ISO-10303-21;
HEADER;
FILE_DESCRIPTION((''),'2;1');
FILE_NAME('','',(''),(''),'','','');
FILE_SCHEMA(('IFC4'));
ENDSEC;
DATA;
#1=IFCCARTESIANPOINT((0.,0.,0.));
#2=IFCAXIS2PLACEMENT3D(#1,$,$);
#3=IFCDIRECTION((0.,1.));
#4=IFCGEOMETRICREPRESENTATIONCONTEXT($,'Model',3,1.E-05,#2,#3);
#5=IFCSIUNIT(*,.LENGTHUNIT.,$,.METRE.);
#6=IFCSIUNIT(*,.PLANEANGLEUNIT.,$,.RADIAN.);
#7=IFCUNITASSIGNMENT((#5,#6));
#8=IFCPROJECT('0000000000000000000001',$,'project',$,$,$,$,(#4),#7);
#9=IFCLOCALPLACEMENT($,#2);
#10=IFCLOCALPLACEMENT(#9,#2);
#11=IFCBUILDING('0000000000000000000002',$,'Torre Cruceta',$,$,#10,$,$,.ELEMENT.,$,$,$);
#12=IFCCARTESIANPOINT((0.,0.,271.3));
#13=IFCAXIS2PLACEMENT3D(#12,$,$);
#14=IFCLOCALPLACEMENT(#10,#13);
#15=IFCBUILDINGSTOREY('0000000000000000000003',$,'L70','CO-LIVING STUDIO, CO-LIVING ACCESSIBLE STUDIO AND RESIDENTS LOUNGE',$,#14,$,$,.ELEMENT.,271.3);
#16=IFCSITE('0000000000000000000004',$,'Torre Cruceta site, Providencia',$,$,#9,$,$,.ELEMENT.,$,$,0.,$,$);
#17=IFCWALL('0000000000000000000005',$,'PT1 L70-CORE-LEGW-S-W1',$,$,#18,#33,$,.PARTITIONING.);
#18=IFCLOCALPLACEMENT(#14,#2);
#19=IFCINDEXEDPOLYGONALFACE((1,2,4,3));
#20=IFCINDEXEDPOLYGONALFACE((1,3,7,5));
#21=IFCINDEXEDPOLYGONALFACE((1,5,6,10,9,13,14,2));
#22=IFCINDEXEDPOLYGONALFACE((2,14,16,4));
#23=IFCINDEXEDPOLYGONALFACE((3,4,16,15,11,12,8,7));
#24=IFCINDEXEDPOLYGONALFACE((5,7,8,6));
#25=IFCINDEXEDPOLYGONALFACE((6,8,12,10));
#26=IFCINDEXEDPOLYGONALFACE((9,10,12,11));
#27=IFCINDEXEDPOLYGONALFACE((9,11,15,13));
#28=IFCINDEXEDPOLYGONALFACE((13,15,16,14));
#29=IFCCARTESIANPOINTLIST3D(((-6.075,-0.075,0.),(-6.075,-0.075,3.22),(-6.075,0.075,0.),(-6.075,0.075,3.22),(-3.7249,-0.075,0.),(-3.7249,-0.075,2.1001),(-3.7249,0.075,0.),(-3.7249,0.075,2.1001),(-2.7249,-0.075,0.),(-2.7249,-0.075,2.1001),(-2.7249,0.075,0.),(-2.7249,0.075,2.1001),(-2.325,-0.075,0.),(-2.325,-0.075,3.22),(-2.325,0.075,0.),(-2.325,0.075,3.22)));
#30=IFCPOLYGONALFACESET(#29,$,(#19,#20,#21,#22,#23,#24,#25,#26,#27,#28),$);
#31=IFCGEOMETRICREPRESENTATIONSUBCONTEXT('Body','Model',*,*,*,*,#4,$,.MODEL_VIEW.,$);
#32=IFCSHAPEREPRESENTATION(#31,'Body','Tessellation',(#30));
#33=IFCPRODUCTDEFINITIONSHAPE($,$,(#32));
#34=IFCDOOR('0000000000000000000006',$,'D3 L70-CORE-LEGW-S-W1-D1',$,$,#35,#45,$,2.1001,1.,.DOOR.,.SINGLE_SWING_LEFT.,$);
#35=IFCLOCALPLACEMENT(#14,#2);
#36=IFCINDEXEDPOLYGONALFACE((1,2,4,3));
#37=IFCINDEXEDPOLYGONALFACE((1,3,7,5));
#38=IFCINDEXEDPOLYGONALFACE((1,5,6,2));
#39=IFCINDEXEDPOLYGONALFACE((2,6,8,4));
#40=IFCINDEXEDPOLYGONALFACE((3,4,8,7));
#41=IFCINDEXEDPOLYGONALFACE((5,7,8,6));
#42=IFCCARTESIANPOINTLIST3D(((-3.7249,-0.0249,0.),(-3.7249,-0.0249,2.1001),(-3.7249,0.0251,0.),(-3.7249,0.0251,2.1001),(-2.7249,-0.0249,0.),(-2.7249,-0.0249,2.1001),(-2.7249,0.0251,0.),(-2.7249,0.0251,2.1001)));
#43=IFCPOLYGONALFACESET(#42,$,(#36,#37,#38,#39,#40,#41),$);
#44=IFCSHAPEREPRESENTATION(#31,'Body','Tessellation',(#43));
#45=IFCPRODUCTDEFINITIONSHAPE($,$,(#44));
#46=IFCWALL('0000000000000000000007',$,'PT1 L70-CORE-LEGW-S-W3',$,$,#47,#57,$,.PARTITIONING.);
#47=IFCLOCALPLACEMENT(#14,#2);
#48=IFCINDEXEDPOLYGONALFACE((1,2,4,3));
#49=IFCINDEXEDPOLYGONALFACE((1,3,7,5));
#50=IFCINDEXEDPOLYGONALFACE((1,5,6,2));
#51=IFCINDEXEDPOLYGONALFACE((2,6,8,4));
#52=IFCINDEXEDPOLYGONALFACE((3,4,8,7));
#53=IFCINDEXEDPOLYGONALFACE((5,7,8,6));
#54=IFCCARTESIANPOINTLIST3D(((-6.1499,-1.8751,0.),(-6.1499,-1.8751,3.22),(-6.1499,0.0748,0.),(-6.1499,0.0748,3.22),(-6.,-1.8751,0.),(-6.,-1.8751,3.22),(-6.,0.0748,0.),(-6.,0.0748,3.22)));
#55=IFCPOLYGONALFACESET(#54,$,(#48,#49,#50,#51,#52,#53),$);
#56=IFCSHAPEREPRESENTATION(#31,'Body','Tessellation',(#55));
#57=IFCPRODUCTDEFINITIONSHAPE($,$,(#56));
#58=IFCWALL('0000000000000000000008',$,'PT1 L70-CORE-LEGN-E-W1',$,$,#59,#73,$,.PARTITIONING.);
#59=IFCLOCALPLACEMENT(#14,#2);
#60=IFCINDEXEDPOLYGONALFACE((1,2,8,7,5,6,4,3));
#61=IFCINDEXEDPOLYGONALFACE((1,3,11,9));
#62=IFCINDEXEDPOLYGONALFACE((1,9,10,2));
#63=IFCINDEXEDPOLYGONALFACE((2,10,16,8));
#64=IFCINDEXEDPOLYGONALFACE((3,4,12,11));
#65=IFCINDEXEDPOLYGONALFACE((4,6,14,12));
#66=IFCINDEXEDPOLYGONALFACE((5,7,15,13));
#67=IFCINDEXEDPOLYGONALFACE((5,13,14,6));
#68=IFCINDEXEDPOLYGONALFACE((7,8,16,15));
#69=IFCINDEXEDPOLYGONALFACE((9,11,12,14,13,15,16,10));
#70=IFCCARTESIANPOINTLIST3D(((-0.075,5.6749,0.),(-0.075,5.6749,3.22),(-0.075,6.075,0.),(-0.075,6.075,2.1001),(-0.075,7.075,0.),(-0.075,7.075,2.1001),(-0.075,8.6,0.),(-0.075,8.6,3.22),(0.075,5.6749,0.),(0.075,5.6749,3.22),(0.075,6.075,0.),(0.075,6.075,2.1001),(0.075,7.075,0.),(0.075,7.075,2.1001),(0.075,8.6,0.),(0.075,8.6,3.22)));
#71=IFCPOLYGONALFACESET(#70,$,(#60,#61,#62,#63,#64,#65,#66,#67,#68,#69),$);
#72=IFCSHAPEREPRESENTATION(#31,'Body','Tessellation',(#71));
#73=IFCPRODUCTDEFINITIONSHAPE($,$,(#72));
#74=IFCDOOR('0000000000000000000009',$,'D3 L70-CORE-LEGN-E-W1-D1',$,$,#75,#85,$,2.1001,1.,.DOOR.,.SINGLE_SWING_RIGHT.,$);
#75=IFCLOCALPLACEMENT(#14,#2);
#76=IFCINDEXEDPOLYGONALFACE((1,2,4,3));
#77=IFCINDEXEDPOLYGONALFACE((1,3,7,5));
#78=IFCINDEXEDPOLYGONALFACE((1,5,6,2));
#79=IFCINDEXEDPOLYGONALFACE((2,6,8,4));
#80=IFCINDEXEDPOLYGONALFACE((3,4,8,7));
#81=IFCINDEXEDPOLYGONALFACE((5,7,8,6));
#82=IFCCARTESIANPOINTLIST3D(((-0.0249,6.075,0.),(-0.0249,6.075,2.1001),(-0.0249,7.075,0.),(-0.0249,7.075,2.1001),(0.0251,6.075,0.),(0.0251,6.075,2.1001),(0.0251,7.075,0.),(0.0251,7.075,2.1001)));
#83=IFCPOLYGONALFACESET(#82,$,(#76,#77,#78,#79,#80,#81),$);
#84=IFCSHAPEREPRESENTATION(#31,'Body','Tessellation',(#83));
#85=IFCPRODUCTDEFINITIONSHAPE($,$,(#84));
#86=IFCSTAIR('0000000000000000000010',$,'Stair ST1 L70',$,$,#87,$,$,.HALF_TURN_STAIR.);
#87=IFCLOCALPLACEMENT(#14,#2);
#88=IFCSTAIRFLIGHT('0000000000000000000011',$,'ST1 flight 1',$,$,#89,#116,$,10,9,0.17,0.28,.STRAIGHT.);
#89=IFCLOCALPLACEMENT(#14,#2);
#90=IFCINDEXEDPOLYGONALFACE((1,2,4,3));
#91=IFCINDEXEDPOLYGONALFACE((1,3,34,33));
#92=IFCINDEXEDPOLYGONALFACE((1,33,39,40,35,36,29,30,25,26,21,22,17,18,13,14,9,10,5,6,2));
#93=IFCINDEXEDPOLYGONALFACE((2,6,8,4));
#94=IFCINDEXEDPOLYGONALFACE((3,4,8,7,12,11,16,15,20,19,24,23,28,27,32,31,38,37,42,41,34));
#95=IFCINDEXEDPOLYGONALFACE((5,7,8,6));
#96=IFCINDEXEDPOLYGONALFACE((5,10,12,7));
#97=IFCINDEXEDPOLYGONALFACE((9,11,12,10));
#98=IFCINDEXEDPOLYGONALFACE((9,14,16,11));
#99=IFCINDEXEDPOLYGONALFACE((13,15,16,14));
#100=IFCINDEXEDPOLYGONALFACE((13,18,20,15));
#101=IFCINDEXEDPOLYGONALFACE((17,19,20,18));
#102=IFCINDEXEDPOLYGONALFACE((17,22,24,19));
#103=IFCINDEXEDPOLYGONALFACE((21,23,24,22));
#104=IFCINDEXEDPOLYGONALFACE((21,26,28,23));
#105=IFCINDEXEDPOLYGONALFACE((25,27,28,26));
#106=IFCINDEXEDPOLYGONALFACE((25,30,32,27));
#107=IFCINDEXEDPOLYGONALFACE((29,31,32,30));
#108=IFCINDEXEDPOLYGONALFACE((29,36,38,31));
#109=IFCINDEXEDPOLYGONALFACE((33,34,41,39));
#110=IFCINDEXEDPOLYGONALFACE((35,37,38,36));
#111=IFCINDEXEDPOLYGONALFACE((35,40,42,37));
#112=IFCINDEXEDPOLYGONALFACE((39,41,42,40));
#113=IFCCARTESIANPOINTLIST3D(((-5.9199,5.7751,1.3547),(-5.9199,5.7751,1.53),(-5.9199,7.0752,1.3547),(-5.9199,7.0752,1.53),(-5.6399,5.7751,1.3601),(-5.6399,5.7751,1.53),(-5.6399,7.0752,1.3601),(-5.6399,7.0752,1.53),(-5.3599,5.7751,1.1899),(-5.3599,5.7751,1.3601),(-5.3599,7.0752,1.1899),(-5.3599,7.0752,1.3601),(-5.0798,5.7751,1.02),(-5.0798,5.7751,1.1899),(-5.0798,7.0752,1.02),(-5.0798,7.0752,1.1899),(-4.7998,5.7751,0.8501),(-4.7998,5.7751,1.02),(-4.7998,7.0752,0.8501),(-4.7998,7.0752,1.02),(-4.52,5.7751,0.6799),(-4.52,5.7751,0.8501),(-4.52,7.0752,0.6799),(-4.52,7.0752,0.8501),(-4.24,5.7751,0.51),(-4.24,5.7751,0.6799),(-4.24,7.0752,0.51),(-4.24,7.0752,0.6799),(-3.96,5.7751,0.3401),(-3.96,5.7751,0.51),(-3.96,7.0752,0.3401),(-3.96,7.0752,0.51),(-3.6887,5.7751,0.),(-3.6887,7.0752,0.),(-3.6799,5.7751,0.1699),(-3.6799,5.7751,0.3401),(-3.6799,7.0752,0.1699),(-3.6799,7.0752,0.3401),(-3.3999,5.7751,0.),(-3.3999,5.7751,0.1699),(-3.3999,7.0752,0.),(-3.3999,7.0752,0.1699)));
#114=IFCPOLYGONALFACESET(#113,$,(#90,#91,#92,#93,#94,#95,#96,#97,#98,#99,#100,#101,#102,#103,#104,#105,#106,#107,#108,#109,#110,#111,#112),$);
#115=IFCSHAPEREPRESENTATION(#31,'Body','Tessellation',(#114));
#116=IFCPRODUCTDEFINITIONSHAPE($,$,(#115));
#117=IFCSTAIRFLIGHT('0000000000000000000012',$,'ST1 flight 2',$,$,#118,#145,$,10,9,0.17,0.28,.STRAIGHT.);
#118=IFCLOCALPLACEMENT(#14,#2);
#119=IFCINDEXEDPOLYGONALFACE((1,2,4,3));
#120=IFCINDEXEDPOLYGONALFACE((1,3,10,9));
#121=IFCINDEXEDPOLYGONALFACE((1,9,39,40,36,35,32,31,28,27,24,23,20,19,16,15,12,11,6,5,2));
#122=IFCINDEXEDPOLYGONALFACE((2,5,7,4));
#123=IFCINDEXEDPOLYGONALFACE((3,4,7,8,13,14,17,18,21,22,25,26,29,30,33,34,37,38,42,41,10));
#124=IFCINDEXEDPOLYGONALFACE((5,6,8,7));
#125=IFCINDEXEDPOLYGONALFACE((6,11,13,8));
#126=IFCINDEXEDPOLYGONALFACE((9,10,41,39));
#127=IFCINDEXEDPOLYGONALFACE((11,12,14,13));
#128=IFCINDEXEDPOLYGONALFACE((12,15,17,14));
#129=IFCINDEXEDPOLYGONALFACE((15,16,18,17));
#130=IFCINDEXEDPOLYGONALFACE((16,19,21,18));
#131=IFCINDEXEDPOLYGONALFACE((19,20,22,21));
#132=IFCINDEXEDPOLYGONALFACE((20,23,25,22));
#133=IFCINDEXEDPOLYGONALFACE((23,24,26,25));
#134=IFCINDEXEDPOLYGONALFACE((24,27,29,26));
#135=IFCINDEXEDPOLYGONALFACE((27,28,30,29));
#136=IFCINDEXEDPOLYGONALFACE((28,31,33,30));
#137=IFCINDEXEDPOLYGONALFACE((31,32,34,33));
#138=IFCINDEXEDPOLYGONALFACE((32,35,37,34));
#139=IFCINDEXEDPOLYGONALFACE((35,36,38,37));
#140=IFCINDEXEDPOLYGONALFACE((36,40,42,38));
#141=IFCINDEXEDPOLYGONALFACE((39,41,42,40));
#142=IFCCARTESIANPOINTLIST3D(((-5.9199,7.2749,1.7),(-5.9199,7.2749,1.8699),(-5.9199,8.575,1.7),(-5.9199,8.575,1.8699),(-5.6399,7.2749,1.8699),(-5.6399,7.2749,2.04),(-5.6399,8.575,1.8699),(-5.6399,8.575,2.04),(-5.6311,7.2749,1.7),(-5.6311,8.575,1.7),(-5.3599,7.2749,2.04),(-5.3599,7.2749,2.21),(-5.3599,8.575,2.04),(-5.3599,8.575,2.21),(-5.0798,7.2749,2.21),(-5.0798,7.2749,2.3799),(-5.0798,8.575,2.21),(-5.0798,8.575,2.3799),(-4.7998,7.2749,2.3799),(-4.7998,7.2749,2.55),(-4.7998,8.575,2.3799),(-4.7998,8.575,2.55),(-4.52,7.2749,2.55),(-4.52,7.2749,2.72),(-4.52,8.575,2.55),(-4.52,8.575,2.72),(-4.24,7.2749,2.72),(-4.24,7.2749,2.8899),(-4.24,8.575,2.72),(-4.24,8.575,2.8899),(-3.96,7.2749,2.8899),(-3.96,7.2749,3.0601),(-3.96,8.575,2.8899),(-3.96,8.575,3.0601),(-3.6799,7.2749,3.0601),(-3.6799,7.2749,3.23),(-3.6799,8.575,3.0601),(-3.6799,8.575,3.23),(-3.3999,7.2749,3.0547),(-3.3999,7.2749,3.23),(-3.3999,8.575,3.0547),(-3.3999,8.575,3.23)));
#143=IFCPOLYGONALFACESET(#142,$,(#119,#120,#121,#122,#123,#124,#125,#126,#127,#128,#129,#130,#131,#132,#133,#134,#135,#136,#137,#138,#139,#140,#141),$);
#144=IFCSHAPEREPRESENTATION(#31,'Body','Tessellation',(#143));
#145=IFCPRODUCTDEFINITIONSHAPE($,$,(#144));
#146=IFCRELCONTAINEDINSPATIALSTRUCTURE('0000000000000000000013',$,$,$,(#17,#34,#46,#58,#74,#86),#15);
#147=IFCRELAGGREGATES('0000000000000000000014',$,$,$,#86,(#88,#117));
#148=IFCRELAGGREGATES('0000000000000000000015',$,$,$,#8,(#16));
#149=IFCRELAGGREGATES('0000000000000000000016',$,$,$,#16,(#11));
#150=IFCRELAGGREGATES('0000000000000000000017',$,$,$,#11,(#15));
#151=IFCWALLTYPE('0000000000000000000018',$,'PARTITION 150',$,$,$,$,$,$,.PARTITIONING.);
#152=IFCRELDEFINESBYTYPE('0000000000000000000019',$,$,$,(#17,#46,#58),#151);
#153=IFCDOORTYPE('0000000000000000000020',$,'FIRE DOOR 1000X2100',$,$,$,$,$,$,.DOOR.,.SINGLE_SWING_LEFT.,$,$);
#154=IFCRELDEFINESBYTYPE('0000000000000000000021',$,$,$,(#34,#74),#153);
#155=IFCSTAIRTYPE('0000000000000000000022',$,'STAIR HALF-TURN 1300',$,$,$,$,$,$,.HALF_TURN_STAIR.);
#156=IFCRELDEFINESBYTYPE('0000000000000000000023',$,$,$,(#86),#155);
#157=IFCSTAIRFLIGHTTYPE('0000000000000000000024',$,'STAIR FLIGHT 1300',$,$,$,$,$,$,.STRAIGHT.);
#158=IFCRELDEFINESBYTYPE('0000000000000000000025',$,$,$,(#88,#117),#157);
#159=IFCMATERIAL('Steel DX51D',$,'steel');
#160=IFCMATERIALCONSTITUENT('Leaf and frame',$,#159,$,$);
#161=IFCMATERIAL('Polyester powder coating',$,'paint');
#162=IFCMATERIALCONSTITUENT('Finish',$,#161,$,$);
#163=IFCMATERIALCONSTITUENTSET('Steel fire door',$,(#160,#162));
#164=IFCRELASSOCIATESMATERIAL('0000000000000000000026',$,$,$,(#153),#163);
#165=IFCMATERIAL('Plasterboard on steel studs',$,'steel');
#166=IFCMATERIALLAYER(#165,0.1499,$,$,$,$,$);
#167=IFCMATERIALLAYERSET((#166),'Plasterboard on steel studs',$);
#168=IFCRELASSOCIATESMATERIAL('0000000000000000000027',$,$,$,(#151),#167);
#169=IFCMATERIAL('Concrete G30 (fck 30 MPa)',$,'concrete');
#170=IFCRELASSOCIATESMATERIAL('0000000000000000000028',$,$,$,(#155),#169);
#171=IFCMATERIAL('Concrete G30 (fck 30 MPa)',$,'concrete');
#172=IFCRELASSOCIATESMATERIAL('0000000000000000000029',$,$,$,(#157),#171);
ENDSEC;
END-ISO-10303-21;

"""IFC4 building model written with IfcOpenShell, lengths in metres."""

from ifc_helpers import new_model, si_unit, direction, frame, frame_2d, origin, place, context, subcontext, project, spatial, polyline, rectangle, outline, extrude, material, layer, layer_set, constituent, constituent_set, type_object, element, fill, aggregate, save


model = new_model("IFC4")

# Units and contexts
model_context = context("Model", 3, precision=1e-05, world=origin(), true_north=direction((0.0, 1.0)))
body_context = subcontext(model_context, "Body", "Model", "MODEL_VIEW")
ifc_project = project(units=[si_unit("LENGTHUNIT", "METRE"), si_unit("PLANEANGLEUNIT", "RADIAN")], contexts=[model_context])

# Site, building, storey
site_placement = place(None, origin())
site = spatial("IfcSite", under=ifc_project, at=site_placement, Name="Torre Cruceta site, Providencia", CompositionType="ELEMENT", RefElevation=0.0)
building_placement = place(site_placement, origin())
building = spatial("IfcBuilding", under=site, at=building_placement, Name="Torre Cruceta", CompositionType="ELEMENT")
storey_placement = place(building_placement, frame((0.0, 0.0, 271.3)))
storey = spatial("IfcBuildingStorey", under=building, at=storey_placement, Name="L70", Description="CO-LIVING STUDIO, CO-LIVING ACCESSIBLE STUDIO AND RESIDENTS LOUNGE", CompositionType="ELEMENT", Elevation=271.3)

# Shared definitions
ifc_material_1 = material(Name="Steel DX51D", Category="steel")
ifc_constituent_1 = constituent(ifc_material_1, Name="Leaf and frame")
ifc_material_2 = material(Name="Polyester powder coating", Category="paint")
ifc_constituent_2 = constituent(ifc_material_2, Name="Finish")
ifc_constituent_set_1 = constituent_set(constituents=[ifc_constituent_1, ifc_constituent_2], Name="Steel fire door")
door_type_1 = type_object("IfcDoorType", Name="FIRE DOOR 1000X2100", OperationType="SINGLE_SWING_LEFT", PredefinedType="DOOR", material=ifc_constituent_set_1)

# Wall, opening, door
ifc_material_3 = material(Name="Plasterboard on steel studs", Category="steel")
ifc_layer_1 = layer(ifc_material_3, 0.1499)
ifc_layer_set_1 = layer_set([ifc_layer_1], Name="Plasterboard on steel studs")
wall_type_1 = type_object("IfcWallType", Name="PARTITION 150", PredefinedType="PARTITIONING", material=ifc_layer_set_1)
wall_1_placement = place(storey_placement, frame((-2.325, 0.0, 0.0), z_axis=(0.0, 0.0, 1.0), x_axis=(-1.0, 0.0, 0.0)))
wall_1 = element("IfcWall", 1, at=wall_1_placement, inside=storey, type_object=wall_type_1, Name="PT1 L70-CORE-LEGW-S-W1", PredefinedType="PARTITIONING", context=body_context, shape_type="SweptSolid", body=[
    extrude(rectangle(XDim=3.75, YDim=0.1499, at=frame_2d((1.875, 0.0))), origin(), (0.0, 0.0, 1.0), 3.22),
])
opening_1_placement = place(wall_1_placement, frame((0.3999, 0.0, 0.0)))
opening_1 = element("IfcOpeningElement", 2, at=opening_1_placement, cuts=wall_1, PredefinedType="OPENING", context=body_context, shape_type="SweptSolid", body=[
    extrude(rectangle(XDim=1.0, YDim=2.1001, at=frame_2d((0.5, 1.05))), frame((0.0, 0.085, 0.0), z_axis=(0.0, -1.0, 0.0), x_axis=(1.0, 0.0, 0.0)), (0.0, 0.0, 1.0), 0.1699),
])
door_1_placement = place(opening_1_placement, origin())
door_1 = element("IfcDoor", 3, at=door_1_placement, inside=storey, type_object=door_type_1, Name="D3 L70-CORE-LEGW-S-W1-D1", OperationType="SINGLE_SWING_LEFT", OverallHeight=2.1001, OverallWidth=1.0, PredefinedType="DOOR", context=body_context, shape_type="SweptSolid", body=[
    extrude(rectangle(XDim=1.0, YDim=2.1001, at=frame_2d((0.5, 1.05))), frame((0.0, 0.0249, 0.0), z_axis=(0.0, -1.0, 0.0), x_axis=(1.0, 0.0, 0.0)), (0.0, 0.0, 1.0), 0.05),
])
fill(opening_1, door_1)

# Wall
wall_2_placement = place(storey_placement, frame((-6.075, 0.075, 0.0), z_axis=(0.0, 0.0, 1.0), x_axis=(0.0, -1.0, 0.0)))
element("IfcWall", 4, at=wall_2_placement, inside=storey, type_object=wall_type_1, Name="PT1 L70-CORE-LEGW-S-W3", PredefinedType="PARTITIONING", context=body_context, shape_type="SweptSolid", body=[
    extrude(rectangle(XDim=1.95, YDim=0.1499, at=frame_2d((0.9751, 0.0))), origin(), (0.0, 0.0, 1.0), 3.22),
])

# Wall, opening, door
wall_3_placement = place(storey_placement, frame((0.0, 5.675, 0.0), z_axis=(0.0, 0.0, 1.0), x_axis=(0.0, 1.0, 0.0)))
wall_3 = element("IfcWall", 5, at=wall_3_placement, inside=storey, type_object=wall_type_1, Name="PT1 L70-CORE-LEGN-E-W1", PredefinedType="PARTITIONING", context=body_context, shape_type="SweptSolid", body=[
    extrude(rectangle(XDim=2.925, YDim=0.1499, at=frame_2d((1.4624, 0.0))), origin(), (0.0, 0.0, 1.0), 3.22),
])
opening_2_placement = place(wall_3_placement, frame((0.3999, 0.0, 0.0)))
opening_2 = element("IfcOpeningElement", 6, at=opening_2_placement, cuts=wall_3, PredefinedType="OPENING", context=body_context, shape_type="SweptSolid", body=[
    extrude(rectangle(XDim=1.0, YDim=2.1001, at=frame_2d((0.5, 1.05))), frame((0.0, 0.085, 0.0), z_axis=(0.0, -1.0, 0.0), x_axis=(1.0, 0.0, 0.0)), (0.0, 0.0, 1.0), 0.1699),
])
door_2_placement = place(opening_2_placement, frame((1.0, 0.0, 0.0), z_axis=(0.0, 0.0, 1.0), x_axis=(-1.0, 0.0, 0.0)))
door_2 = element("IfcDoor", 7, at=door_2_placement, inside=storey, type_object=door_type_1, Name="D3 L70-CORE-LEGN-E-W1-D1", OperationType="SINGLE_SWING_RIGHT", OverallHeight=2.1001, OverallWidth=1.0, PredefinedType="DOOR", context=body_context, shape_type="SweptSolid", body=[
    extrude(rectangle(XDim=1.0, YDim=2.1001, at=frame_2d((0.5, 1.05))), frame((0.0, 0.0251, 0.0), z_axis=(0.0, -1.0, 0.0), x_axis=(1.0, 0.0, 0.0)), (0.0, 0.0, 1.0), 0.05),
])
fill(opening_2, door_2)

# Stair, stair flights
ifc_material_4 = material(Name="Concrete G30 (fck 30 MPa)", Category="concrete")
stair_type = type_object("IfcStairType", Name="STAIR HALF-TURN 1300", PredefinedType="HALF_TURN_STAIR", material=ifc_material_4)
stair_placement = place(storey_placement, origin())
stair = element("IfcStair", 8, at=stair_placement, inside=storey, type_object=stair_type, Name="Stair ST1 L70", PredefinedType="HALF_TURN_STAIR")
ifc_material_5 = material(Name="Concrete G30 (fck 30 MPa)", Category="concrete")
stair_flight_type = type_object("IfcStairFlightType", Name="STAIR FLIGHT 1300", PredefinedType="STRAIGHT", material=ifc_material_5)
stair_flight_1_placement = place(storey_placement, frame((-3.3999, 6.425, 0.0), z_axis=(0.0, 0.0, 1.0), x_axis=(-1.0, 0.0, 0.0)))
stair_flight_1 = element("IfcStairFlight", 9, at=stair_flight_1_placement, type_object=stair_flight_type, Name="ST1 flight 1", NumberOfRisers=10, NumberOfTreads=9, PredefinedType="STRAIGHT", RiserHeight=0.17, TreadLength=0.28, context=body_context, shape_type="SweptSolid", body=[
    extrude(outline(polyline([(0.0, 0.0), (0.0, 0.1699), (0.28, 0.1699), (0.28, 0.3401), (0.5601, 0.3401), (0.5601, 0.51), (0.8401, 0.51), (0.8401, 0.6799), (1.1201, 0.6799), (1.1201, 0.8501), (1.3999, 0.8501), (1.3999, 1.02), (1.6799, 1.02), (1.6799, 1.1899), (1.96, 1.1899), (1.96, 1.3601), (2.24, 1.3601), (2.24, 1.53), (2.52, 1.53), (2.52, 1.7), (2.52, 1.3547), (0.2888, 0.0), (0.0, 0.0)])), frame((0.0, 0.6499, 0.0), z_axis=(0.0, -1.0, 0.0), x_axis=(1.0, 0.0, 0.0)), (0.0, 0.0, 1.0), 1.3),
])
stair_flight_2_placement = place(storey_placement, frame((-5.9199, 7.925, 1.7), z_axis=(0.0, 0.0, 1.0), x_axis=(1.0, 0.0, 0.0)))
stair_flight_2 = element("IfcStairFlight", 10, at=stair_flight_2_placement, type_object=stair_flight_type, Name="ST1 flight 2", NumberOfRisers=10, NumberOfTreads=9, PredefinedType="STRAIGHT", RiserHeight=0.17, TreadLength=0.28, context=body_context, shape_type="SweptSolid", body=[
    extrude(outline(polyline([(0.0, 0.0), (0.0, 0.1699), (0.28, 0.1699), (0.28, 0.3401), (0.5601, 0.3401), (0.5601, 0.51), (0.8401, 0.51), (0.8401, 0.6799), (1.1201, 0.6799), (1.1201, 0.8501), (1.3999, 0.8501), (1.3999, 1.02), (1.6799, 1.02), (1.6799, 1.1899), (1.96, 1.1899), (1.96, 1.3601), (2.24, 1.3601), (2.24, 1.53), (2.52, 1.53), (2.52, 1.7), (2.52, 1.3547), (0.2888, 0.0), (0.0, 0.0)])), frame((0.0, 0.6499, 0.0), z_axis=(0.0, -1.0, 0.0), x_axis=(1.0, 0.0, 0.0)), (0.0, 0.0, 1.0), 1.3),
])
aggregate(stair, [stair_flight_1, stair_flight_2])

save(model, "model.ifc")
